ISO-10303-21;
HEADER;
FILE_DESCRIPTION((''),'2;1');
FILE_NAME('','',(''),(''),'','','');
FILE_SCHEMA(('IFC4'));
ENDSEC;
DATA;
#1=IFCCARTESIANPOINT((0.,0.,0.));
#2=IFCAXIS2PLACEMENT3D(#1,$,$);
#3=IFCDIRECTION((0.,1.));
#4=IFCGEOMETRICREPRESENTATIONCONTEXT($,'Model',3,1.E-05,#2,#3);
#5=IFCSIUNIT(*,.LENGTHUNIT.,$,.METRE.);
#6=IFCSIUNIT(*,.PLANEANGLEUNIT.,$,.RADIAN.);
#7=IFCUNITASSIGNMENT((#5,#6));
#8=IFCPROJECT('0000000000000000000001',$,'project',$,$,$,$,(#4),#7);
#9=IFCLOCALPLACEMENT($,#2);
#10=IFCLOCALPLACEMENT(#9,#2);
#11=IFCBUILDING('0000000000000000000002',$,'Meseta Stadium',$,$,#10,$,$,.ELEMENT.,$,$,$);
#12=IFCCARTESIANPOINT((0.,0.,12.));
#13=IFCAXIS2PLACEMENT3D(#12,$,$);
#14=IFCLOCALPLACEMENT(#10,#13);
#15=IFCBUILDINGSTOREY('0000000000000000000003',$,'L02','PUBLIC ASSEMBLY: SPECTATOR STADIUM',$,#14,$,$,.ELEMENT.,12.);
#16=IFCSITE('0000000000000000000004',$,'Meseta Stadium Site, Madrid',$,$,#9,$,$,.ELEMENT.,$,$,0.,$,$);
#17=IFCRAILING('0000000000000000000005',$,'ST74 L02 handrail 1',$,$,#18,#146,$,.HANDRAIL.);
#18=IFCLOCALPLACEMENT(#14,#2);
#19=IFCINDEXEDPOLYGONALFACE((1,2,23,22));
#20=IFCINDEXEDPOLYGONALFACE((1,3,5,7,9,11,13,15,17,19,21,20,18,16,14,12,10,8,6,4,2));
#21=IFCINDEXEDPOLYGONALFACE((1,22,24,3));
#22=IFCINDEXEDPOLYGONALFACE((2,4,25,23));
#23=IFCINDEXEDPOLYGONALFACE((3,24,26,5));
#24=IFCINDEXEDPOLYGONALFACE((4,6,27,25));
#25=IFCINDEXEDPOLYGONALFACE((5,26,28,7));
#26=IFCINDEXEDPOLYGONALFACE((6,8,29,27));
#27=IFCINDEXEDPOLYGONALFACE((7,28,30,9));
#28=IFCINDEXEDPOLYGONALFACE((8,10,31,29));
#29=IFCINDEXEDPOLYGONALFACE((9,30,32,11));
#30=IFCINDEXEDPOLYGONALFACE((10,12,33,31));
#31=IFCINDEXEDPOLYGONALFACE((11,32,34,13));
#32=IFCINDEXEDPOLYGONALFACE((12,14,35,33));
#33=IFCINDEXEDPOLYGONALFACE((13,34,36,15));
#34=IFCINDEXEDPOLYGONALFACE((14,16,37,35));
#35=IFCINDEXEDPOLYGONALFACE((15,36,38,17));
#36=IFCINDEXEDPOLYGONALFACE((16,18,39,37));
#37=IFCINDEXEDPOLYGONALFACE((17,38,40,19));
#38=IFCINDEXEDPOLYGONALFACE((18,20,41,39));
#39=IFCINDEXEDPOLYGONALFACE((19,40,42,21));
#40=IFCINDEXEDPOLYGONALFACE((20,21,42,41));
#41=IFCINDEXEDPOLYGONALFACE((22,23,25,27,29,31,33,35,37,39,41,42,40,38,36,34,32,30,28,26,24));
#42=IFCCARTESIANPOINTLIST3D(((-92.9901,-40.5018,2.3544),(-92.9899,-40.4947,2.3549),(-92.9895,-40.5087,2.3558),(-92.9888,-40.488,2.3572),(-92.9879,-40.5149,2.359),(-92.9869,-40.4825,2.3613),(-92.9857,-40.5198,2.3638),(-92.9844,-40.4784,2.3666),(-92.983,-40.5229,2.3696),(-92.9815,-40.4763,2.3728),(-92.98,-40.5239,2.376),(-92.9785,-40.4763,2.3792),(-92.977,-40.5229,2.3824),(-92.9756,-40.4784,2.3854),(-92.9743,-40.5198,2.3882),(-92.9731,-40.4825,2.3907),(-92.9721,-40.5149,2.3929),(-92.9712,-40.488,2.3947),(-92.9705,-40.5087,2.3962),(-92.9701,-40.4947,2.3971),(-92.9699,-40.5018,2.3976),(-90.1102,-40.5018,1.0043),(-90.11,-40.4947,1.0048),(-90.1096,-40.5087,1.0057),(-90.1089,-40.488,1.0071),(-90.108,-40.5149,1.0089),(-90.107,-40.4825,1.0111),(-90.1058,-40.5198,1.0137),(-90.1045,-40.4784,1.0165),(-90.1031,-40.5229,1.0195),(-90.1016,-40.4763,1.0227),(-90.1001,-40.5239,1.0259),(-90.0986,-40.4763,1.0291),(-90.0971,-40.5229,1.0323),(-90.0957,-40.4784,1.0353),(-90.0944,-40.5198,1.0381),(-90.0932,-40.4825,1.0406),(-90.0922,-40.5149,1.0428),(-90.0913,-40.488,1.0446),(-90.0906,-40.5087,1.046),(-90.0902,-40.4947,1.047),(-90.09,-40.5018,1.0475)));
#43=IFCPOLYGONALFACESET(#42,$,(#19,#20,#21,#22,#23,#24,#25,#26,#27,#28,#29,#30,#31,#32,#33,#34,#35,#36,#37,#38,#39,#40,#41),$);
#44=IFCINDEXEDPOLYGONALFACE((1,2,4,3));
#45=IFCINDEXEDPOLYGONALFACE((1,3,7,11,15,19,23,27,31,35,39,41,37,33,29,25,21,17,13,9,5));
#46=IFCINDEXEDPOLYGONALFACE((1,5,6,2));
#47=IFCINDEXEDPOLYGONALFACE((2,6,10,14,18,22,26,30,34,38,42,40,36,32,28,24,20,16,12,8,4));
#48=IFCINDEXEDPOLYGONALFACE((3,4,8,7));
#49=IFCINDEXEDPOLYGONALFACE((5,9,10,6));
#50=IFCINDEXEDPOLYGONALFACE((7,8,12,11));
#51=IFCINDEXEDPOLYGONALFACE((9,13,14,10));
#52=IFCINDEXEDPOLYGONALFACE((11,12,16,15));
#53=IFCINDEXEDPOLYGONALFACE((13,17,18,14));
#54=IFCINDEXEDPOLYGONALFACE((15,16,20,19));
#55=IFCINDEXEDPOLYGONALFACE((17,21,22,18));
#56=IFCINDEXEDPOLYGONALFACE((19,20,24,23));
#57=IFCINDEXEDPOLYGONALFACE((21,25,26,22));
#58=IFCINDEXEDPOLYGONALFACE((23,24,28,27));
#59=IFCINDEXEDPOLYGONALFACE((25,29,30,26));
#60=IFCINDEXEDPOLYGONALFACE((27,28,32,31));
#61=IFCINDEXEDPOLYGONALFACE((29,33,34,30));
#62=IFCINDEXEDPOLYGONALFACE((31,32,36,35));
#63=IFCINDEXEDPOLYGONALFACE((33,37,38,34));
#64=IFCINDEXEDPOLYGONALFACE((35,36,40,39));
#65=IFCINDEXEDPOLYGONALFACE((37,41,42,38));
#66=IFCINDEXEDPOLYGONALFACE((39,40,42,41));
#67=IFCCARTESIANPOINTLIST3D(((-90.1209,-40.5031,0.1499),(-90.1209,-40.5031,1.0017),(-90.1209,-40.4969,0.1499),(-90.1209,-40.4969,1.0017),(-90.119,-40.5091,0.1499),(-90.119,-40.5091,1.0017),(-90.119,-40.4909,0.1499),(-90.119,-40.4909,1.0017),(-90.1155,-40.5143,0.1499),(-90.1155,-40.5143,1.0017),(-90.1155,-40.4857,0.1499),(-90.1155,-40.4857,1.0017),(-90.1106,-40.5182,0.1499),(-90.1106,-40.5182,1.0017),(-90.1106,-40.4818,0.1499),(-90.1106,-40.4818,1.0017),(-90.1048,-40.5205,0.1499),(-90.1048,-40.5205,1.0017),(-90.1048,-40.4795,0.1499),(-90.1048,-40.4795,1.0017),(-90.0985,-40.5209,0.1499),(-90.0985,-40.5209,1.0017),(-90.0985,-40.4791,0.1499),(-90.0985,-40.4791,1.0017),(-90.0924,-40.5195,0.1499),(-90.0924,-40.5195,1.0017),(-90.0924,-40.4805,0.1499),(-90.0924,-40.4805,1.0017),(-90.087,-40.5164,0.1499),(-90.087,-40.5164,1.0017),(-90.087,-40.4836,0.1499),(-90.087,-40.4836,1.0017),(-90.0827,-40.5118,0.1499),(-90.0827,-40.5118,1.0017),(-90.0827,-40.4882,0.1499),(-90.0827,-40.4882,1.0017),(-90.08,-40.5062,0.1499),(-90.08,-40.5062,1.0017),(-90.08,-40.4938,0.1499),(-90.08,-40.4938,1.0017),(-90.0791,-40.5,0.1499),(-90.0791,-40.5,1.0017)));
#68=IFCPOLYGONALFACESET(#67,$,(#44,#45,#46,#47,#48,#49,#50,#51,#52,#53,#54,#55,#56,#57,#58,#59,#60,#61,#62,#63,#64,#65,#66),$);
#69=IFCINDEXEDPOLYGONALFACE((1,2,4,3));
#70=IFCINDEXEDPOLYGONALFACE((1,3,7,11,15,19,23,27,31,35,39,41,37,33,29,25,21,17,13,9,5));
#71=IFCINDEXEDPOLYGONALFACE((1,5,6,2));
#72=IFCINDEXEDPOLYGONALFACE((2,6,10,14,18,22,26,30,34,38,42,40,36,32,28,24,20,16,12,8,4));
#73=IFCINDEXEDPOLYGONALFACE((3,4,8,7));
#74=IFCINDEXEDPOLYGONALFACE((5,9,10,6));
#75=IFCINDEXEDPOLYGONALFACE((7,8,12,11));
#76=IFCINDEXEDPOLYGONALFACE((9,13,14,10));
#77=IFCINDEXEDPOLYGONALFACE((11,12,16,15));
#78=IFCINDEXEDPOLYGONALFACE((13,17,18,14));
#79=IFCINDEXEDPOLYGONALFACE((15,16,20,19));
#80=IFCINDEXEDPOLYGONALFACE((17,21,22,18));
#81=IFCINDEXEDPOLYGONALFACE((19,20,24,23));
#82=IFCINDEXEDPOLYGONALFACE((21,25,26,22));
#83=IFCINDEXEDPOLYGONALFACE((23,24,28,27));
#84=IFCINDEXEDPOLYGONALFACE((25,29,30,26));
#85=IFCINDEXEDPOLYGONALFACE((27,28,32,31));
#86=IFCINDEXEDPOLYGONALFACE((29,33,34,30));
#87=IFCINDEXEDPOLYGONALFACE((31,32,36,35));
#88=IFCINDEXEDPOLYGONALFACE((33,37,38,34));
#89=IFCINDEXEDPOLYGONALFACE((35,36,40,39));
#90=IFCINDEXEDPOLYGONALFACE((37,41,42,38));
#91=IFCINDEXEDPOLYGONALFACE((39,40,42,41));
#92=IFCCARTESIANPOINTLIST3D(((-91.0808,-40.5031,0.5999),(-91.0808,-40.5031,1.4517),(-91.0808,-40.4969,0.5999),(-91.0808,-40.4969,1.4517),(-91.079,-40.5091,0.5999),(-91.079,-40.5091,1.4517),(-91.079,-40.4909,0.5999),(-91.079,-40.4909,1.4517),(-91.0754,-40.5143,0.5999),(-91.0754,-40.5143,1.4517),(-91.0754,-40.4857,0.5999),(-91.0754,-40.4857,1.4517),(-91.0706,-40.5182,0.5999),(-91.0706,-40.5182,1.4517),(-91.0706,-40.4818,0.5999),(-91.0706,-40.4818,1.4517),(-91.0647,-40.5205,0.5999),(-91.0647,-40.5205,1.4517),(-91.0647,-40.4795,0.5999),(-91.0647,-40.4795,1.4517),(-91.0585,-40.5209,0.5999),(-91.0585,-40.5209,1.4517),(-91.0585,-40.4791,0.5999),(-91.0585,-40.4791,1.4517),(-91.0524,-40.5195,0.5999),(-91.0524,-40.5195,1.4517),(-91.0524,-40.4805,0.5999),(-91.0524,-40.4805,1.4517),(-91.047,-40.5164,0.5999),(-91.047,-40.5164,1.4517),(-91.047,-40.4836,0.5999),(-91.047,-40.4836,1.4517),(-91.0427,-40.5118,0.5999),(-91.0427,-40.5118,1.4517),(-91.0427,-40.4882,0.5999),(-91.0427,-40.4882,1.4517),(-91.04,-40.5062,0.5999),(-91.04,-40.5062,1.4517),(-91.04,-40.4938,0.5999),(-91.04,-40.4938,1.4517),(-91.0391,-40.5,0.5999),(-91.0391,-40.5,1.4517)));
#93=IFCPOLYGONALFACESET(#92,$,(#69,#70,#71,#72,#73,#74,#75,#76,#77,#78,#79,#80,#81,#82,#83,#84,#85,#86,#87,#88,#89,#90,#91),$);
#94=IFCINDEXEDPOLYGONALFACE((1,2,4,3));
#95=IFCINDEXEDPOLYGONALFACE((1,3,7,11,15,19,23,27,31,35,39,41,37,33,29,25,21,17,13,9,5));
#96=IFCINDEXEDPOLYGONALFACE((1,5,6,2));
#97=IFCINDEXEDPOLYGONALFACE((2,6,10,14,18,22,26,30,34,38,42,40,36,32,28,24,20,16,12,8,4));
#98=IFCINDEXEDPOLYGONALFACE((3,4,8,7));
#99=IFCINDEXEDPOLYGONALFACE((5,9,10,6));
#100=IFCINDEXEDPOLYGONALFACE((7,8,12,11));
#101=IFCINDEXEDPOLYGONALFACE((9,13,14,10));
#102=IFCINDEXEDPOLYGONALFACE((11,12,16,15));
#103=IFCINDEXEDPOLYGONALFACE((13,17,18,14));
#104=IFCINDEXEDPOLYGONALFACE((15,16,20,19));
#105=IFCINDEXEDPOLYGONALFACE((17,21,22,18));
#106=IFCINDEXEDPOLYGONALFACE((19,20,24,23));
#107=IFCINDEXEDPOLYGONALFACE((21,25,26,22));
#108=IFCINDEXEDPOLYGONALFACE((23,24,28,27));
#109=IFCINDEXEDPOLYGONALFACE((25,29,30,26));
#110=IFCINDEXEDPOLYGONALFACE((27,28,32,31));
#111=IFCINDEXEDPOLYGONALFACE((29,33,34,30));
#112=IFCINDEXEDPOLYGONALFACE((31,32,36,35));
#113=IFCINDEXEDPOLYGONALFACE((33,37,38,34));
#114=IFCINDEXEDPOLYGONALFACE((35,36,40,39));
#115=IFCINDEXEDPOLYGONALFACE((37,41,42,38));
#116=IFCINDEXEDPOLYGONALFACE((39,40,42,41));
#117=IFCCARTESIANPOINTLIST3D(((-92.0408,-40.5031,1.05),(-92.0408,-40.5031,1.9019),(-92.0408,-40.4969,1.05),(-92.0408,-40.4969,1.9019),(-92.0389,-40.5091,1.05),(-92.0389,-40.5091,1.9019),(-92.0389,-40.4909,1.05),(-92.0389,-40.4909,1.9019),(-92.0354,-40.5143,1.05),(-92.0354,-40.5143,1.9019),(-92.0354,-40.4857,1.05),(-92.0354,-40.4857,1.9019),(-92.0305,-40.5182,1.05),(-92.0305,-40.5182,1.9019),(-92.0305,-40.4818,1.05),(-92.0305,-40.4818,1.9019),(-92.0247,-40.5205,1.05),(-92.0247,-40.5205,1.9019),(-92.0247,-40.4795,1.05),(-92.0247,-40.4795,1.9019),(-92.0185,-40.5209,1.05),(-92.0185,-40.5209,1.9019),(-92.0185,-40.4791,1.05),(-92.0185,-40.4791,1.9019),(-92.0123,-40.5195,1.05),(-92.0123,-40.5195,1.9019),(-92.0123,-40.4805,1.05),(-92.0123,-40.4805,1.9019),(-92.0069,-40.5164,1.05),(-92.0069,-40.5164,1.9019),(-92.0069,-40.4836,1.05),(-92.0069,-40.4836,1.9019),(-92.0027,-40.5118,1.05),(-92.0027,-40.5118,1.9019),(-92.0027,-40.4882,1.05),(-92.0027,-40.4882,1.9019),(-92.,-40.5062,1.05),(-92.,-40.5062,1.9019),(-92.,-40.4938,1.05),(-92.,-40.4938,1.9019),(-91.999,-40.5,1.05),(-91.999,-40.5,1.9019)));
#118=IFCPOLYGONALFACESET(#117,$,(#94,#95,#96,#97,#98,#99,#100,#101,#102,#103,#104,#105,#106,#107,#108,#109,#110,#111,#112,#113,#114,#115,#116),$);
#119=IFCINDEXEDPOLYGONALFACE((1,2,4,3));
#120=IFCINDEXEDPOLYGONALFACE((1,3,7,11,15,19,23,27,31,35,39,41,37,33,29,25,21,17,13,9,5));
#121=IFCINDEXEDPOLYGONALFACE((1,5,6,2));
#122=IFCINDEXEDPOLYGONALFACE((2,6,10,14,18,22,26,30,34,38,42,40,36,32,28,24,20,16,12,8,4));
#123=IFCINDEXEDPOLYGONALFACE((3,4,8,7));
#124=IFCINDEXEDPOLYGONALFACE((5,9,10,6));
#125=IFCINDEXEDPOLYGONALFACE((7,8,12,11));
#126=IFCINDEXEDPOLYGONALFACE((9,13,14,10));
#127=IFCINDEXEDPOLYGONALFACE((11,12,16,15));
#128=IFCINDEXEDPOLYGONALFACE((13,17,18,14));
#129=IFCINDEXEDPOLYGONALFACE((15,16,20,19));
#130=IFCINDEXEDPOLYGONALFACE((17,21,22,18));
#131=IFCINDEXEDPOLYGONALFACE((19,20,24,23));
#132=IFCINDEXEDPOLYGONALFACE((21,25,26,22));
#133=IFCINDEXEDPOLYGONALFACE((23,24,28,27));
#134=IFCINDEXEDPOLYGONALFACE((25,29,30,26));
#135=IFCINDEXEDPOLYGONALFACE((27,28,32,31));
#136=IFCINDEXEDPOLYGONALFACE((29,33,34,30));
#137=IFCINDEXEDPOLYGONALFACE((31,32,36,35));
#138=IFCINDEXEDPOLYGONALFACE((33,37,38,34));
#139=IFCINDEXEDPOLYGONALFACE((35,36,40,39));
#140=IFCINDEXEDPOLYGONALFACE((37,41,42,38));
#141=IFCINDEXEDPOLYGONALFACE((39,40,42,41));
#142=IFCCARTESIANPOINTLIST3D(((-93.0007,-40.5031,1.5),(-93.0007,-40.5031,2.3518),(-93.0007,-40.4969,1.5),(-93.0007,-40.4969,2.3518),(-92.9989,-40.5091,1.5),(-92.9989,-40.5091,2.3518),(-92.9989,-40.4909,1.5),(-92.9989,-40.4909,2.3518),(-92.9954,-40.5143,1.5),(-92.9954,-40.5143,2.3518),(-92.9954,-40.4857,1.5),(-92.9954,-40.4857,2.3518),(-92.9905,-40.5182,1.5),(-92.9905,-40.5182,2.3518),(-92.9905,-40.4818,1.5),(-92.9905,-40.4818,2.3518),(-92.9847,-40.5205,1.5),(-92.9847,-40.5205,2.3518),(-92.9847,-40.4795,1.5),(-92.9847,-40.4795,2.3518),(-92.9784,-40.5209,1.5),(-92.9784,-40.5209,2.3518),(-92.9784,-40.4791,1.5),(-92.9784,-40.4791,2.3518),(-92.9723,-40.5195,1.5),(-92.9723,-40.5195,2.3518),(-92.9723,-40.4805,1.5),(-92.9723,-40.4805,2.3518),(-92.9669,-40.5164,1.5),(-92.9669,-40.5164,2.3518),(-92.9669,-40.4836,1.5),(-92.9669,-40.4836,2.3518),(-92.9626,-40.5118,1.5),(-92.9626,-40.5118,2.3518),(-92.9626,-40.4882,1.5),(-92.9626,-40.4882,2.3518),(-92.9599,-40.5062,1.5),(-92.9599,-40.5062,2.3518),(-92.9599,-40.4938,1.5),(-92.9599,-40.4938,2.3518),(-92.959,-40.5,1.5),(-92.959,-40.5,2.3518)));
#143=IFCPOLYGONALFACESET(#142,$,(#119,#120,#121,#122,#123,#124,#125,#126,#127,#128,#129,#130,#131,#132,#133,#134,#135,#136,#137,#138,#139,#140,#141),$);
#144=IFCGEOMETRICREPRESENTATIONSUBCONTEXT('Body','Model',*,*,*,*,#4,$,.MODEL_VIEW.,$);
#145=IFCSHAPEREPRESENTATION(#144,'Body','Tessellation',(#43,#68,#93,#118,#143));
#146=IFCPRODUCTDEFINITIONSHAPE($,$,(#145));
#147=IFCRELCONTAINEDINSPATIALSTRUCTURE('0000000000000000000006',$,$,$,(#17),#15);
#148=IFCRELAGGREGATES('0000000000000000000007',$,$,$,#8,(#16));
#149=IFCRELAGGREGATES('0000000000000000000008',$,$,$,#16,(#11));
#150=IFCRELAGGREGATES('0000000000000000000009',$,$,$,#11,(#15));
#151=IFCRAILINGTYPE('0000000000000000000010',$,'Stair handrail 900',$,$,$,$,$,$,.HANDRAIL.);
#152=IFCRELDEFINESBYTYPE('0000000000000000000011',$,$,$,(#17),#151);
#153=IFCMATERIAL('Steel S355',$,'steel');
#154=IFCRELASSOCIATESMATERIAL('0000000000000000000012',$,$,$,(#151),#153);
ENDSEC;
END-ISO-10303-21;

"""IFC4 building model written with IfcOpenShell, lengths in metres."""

from ifc_helpers import new_model, si_unit, direction, frame, origin, origin_2d, place, context, subcontext, project, spatial, circle, extrude, material, type_object, element, save


model = new_model("IFC4")

# Units and contexts
model_context = context("Model", 3, precision=1e-05, world=origin(), true_north=direction((0.0, 1.0)))
body_context = subcontext(model_context, "Body", "Model", "MODEL_VIEW")
ifc_project = project(units=[si_unit("LENGTHUNIT", "METRE"), si_unit("PLANEANGLEUNIT", "RADIAN")], contexts=[model_context])

# Site, building, storey
site_placement = place(None, origin())
site = spatial("IfcSite", under=ifc_project, at=site_placement, Name="Meseta Stadium Site, Madrid", CompositionType="ELEMENT", RefElevation=0.0)
building_placement = place(site_placement, origin())
building = spatial("IfcBuilding", under=site, at=building_placement, Name="Meseta Stadium", CompositionType="ELEMENT")
storey_placement = place(building_placement, frame((0.0, 0.0, 12.0)))
storey = spatial("IfcBuildingStorey", under=building, at=storey_placement, Name="L02", Description="PUBLIC ASSEMBLY: SPECTATOR STADIUM", CompositionType="ELEMENT", Elevation=12.0)

# Railing
ifc_material_1 = material(Name="Steel S355", Category="steel")
railing_type_1 = type_object("IfcRailingType", Name="Stair handrail 900", PredefinedType="HANDRAIL", material=ifc_material_1)
for number, where, name in (
    (1, (-90.1001, -40.5, 0.1499), "ST74 L02 handrail 1"),
):
    element("IfcRailing", number, at=place(storey_placement, frame(where)), inside=storey, type_object=railing_type_1, Name=name, PredefinedType="HANDRAIL", context=body_context, shape_type="SweptSolid", body=[
        extrude(circle(Radius=0.0239, at=origin_2d()), frame((0.0, 0.0, 0.876), z_axis=(-0.90544, 0.0, 0.424473), x_axis=(0.0, -1.0, 0.0)), (0.0, 0.0, 1.0), 3.1807),
        extrude(circle(Radius=0.021, at=origin_2d()), origin(), (0.0, 0.0, 1.0), 0.8518),
        extrude(circle(Radius=0.021, at=origin_2d()), frame((-0.96, 0.0, 0.45)), (0.0, 0.0, 1.0), 0.8518),
        extrude(circle(Radius=0.021, at=origin_2d()), frame((-1.9199, 0.0, 0.9001)), (0.0, 0.0, 1.0), 0.8518),
        extrude(circle(Radius=0.021, at=origin_2d()), frame((-2.8799, 0.0, 1.3501)), (0.0, 0.0, 1.0), 0.8518),
    ])

save(model, "model.ifc")
